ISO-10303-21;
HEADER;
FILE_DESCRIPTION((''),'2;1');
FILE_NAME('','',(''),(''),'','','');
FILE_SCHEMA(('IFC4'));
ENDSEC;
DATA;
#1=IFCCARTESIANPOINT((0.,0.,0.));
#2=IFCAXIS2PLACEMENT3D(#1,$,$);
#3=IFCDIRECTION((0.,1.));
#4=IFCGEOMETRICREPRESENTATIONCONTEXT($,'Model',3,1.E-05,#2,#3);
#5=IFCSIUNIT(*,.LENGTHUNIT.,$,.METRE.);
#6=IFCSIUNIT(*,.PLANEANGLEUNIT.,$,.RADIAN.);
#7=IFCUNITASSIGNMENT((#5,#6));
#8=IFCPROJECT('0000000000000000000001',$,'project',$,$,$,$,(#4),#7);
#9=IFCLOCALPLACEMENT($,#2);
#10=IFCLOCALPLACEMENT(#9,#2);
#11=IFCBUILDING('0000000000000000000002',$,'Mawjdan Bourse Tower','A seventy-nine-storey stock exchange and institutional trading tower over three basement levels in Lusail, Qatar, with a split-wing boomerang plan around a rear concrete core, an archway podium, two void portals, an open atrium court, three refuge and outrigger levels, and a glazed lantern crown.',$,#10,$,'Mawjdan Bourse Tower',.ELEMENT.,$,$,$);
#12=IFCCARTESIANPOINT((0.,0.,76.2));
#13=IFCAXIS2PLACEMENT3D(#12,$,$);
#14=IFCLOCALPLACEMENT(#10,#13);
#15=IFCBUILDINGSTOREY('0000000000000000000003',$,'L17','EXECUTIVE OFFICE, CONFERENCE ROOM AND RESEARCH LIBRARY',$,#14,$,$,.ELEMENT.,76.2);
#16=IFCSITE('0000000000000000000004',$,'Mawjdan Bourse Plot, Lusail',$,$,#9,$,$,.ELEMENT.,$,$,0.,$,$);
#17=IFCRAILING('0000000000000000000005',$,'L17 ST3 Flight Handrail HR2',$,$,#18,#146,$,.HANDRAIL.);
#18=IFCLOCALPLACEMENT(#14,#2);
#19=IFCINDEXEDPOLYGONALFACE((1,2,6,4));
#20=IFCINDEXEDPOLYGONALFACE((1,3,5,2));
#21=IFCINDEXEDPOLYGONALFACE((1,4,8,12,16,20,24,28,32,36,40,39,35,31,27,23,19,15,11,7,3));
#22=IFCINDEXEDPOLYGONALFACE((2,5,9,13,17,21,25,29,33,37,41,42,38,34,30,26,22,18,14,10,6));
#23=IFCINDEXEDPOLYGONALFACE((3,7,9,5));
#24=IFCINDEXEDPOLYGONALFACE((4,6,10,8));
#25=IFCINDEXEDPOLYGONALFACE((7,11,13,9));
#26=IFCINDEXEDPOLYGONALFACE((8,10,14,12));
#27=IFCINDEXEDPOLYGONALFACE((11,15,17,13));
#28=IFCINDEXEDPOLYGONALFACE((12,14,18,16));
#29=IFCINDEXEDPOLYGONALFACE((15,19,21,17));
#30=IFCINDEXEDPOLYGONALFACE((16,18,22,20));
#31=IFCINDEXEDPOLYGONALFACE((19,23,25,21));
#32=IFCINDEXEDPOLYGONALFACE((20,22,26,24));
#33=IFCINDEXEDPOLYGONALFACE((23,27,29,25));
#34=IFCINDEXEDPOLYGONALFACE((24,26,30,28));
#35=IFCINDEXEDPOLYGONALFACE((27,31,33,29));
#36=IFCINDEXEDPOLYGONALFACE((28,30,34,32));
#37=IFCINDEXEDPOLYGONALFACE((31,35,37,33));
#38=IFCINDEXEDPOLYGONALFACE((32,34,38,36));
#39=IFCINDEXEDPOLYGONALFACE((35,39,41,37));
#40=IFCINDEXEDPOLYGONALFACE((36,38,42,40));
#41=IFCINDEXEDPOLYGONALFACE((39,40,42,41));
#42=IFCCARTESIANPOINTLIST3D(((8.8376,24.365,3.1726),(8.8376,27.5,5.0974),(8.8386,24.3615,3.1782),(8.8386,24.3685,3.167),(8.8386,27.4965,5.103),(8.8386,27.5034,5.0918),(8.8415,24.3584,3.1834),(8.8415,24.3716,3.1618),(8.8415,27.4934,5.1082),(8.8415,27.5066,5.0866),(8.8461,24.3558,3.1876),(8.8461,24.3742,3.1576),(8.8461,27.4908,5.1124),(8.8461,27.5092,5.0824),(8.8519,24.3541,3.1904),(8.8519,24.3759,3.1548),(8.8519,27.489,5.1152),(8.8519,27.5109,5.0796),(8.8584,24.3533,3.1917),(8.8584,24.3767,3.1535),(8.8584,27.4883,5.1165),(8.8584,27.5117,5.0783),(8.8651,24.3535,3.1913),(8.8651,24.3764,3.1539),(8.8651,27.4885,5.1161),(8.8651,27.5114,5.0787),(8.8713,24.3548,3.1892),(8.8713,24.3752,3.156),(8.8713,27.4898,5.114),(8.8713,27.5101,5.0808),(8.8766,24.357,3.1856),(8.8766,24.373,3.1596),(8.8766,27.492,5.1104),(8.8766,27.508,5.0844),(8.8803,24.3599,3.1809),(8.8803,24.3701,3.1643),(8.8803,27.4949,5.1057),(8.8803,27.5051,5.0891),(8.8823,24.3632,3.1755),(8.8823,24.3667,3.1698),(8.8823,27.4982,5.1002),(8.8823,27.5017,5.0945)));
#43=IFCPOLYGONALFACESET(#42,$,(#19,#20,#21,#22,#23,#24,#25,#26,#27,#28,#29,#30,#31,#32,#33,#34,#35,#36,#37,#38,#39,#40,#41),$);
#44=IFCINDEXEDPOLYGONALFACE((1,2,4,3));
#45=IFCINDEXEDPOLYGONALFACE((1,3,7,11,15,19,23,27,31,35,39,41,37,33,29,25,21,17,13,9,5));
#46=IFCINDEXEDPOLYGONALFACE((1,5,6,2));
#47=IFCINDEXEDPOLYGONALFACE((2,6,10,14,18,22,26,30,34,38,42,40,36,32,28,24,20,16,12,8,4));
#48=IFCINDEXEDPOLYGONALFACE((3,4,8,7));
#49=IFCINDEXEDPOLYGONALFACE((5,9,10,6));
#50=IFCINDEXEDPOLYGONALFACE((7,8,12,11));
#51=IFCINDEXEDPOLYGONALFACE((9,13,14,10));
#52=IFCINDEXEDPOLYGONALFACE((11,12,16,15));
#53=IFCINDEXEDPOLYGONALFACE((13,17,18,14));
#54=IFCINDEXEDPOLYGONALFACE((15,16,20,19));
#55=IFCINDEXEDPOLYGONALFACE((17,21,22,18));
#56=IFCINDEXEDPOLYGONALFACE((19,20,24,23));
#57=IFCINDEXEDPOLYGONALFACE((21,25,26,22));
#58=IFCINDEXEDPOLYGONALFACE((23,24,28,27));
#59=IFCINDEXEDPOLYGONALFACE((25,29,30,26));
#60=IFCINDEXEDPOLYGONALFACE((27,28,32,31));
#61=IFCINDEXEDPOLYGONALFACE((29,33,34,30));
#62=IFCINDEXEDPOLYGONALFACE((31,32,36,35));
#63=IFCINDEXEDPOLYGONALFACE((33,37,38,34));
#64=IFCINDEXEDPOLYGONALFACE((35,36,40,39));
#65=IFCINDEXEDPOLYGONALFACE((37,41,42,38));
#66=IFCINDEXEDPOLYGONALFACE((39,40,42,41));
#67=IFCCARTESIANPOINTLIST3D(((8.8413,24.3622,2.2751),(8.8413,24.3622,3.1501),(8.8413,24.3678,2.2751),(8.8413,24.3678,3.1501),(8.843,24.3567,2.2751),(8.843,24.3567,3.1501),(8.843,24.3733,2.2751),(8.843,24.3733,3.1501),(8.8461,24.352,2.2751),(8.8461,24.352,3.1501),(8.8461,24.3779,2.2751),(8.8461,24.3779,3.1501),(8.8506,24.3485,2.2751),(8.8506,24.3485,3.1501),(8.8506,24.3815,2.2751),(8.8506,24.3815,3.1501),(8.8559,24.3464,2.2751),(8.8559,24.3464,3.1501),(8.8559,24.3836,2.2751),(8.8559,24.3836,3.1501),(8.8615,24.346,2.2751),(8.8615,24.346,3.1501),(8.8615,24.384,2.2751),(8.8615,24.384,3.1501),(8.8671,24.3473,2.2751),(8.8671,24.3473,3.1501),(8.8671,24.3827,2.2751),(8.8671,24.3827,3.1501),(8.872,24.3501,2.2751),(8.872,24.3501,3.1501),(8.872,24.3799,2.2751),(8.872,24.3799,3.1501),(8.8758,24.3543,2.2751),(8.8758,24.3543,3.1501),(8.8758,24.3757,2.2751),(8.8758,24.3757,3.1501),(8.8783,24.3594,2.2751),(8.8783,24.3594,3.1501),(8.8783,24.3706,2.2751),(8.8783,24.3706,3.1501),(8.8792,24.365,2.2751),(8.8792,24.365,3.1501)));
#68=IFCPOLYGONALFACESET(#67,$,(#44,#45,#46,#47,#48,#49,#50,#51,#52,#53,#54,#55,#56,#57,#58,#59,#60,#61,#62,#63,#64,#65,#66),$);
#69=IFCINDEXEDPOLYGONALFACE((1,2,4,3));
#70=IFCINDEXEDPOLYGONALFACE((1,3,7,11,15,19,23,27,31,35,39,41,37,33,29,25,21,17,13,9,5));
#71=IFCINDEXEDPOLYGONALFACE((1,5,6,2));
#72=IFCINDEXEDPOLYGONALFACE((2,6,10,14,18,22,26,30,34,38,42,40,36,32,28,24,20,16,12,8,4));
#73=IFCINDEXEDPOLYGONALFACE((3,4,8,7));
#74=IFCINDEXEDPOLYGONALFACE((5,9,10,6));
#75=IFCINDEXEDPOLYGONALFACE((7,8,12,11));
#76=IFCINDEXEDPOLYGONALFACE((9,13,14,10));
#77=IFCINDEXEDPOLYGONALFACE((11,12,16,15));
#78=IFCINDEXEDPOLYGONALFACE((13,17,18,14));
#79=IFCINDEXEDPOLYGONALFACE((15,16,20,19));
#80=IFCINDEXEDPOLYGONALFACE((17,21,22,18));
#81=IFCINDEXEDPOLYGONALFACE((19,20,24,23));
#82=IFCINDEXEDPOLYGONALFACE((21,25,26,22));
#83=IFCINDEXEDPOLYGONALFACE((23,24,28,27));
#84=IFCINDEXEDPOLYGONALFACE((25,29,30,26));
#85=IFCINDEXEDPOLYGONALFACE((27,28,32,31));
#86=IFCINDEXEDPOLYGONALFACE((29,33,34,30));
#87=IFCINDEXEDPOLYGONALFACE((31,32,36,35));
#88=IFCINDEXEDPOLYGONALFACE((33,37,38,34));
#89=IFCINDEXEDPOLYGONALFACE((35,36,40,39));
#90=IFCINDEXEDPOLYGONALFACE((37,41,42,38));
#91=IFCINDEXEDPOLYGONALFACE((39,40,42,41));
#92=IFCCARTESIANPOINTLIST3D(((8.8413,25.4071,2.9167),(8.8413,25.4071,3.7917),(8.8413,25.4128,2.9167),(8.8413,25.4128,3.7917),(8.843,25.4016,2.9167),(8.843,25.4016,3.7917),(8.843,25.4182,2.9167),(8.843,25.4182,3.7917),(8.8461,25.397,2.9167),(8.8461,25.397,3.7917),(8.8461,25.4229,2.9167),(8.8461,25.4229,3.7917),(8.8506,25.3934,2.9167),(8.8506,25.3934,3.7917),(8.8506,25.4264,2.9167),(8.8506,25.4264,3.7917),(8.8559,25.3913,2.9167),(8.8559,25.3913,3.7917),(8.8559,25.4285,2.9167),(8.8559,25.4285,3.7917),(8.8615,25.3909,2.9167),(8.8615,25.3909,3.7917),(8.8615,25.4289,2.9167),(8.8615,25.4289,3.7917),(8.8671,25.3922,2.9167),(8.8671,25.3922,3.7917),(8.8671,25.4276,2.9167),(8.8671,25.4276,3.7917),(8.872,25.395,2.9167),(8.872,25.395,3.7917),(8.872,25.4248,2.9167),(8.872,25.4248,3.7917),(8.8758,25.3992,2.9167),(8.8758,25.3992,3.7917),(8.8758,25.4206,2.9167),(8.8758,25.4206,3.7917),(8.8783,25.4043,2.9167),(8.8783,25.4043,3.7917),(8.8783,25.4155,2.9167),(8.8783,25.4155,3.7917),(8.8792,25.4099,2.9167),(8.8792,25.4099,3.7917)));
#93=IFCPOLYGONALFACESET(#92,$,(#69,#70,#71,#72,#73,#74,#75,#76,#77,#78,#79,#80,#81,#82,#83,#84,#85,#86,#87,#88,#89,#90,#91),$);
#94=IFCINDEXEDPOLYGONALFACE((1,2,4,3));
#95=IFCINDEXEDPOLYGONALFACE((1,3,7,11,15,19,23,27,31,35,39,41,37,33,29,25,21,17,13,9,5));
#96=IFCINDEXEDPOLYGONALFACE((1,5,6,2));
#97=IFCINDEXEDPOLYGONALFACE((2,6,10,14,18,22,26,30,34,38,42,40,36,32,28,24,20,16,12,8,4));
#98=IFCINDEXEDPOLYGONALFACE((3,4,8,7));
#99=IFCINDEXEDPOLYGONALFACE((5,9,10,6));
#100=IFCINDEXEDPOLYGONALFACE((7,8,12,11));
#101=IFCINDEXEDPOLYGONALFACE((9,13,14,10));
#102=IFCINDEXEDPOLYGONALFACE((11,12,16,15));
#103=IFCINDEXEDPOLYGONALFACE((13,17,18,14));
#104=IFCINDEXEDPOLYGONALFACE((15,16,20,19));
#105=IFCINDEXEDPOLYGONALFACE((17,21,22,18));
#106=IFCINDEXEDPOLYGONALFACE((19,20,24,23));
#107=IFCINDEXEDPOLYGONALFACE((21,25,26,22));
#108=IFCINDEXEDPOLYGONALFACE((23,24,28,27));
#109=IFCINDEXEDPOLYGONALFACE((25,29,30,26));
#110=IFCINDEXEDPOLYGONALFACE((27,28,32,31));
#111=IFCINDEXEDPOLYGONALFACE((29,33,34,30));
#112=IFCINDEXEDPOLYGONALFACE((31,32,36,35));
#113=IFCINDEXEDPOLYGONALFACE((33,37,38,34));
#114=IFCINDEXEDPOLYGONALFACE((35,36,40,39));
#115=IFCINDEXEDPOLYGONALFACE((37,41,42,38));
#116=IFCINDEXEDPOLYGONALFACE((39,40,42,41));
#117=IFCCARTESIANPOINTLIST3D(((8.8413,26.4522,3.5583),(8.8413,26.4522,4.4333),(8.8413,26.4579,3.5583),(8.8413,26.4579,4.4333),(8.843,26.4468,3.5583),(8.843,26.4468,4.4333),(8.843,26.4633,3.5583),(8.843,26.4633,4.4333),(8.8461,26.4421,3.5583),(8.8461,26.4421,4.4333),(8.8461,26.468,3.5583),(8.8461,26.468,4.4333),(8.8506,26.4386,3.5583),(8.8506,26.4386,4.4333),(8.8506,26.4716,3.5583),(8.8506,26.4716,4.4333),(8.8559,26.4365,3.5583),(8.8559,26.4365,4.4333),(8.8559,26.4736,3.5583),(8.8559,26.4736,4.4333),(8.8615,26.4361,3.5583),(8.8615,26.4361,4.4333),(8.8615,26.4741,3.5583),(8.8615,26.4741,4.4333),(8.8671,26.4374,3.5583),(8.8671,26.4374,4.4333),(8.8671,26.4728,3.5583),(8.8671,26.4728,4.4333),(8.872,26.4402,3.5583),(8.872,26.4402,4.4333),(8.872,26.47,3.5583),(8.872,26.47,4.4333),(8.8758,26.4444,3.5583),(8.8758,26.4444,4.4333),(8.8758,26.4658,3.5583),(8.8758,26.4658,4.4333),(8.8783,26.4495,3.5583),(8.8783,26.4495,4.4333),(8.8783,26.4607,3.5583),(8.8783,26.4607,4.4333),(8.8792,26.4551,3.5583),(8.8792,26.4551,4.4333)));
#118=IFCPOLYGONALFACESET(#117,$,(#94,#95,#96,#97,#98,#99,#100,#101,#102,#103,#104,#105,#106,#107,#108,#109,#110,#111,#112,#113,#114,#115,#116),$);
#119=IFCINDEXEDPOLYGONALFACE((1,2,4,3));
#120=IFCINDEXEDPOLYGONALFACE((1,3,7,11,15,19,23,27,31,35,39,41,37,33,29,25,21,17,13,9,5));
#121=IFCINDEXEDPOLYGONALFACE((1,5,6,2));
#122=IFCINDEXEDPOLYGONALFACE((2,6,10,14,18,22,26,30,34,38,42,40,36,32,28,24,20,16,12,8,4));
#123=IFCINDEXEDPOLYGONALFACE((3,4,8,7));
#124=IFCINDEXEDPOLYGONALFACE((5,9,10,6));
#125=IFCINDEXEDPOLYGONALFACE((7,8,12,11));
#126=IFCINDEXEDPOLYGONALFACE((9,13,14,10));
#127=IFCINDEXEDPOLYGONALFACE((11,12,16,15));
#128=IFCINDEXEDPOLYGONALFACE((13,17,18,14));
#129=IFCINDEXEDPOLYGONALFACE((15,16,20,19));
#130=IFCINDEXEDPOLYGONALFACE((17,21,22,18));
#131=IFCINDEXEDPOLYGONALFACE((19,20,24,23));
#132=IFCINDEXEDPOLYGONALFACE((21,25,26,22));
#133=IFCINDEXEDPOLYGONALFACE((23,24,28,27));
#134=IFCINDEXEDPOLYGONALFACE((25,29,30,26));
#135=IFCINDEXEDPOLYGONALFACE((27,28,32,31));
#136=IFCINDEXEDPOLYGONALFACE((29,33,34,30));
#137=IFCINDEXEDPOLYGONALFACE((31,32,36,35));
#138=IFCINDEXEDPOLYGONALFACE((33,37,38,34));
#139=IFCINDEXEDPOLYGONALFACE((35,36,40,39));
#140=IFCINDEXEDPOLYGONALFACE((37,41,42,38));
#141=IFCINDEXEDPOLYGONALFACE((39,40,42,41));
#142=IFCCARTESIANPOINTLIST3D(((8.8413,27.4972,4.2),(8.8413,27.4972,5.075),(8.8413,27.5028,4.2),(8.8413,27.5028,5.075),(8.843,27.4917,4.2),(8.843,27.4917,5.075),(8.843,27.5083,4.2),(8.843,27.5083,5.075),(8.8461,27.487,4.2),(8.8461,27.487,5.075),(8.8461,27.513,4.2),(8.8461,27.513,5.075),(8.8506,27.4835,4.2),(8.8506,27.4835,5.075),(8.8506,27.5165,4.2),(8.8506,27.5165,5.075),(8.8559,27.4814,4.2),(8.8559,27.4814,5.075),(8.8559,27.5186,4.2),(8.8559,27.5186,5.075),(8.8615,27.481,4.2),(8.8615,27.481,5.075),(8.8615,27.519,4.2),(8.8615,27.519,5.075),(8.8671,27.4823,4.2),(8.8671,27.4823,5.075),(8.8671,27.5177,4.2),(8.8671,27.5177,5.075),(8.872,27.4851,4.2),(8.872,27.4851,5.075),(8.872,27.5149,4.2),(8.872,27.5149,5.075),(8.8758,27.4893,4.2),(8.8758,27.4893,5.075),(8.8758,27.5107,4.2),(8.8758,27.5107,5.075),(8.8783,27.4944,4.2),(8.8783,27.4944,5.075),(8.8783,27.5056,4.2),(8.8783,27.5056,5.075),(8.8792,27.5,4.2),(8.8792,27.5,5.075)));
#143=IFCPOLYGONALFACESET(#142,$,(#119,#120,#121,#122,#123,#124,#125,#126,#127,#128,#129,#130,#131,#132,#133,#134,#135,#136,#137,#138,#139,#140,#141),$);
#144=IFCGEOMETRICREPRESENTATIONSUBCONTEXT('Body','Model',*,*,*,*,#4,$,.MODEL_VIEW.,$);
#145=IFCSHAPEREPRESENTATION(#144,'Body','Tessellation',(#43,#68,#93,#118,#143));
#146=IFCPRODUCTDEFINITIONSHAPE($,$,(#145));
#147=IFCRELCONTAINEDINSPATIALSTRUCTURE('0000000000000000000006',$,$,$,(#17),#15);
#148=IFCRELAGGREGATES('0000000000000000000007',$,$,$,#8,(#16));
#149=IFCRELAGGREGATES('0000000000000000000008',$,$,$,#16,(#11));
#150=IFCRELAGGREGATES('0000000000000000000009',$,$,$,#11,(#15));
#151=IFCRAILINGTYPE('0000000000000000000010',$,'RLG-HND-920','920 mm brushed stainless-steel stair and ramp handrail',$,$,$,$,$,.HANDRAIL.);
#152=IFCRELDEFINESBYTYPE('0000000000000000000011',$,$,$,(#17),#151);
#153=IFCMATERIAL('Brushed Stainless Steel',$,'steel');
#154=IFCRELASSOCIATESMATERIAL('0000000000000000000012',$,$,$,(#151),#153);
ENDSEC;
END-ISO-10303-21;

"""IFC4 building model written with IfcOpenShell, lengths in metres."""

from ifc_helpers import new_model, si_unit, direction, frame, origin, origin_2d, place, context, subcontext, project, spatial, circle, extrude, material, type_object, element, save


model = new_model("IFC4")

# Units and contexts
model_context = context("Model", 3, precision=1e-05, world=origin(), true_north=direction((0.0, 1.0)))
body_context = subcontext(model_context, "Body", "Model", "MODEL_VIEW")
ifc_project = project(units=[si_unit("LENGTHUNIT", "METRE"), si_unit("PLANEANGLEUNIT", "RADIAN")], contexts=[model_context])

# Site, building, storey
site_placement = place(None, origin())
site = spatial("IfcSite", under=ifc_project, at=site_placement, Name="Mawjdan Bourse Plot, Lusail", CompositionType="ELEMENT", RefElevation=0.0)
building_placement = place(site_placement, origin())
building = spatial("IfcBuilding", under=site, at=building_placement, Name="Mawjdan Bourse Tower", Description="A seventy-nine-storey stock exchange and institutional trading tower over three basement levels in Lusail, Qatar, with a split-wing boomerang plan around a rear concrete core, an archway podium, two void portals, an open atrium court, three refuge and outrigger levels, and a glazed lantern crown.", LongName="Mawjdan Bourse Tower", CompositionType="ELEMENT")
storey_placement = place(building_placement, frame((0.0, 0.0, 76.2)))
storey = spatial("IfcBuildingStorey", under=building, at=storey_placement, Name="L17", Description="EXECUTIVE OFFICE, CONFERENCE ROOM AND RESEARCH LIBRARY", CompositionType="ELEMENT", Elevation=76.2)

# Railing
ifc_material_1 = material(Name="Brushed Stainless Steel", Category="steel")
railing_type_1 = type_object("IfcRailingType", Name="RLG-HND-920", Description="920 mm brushed stainless-steel stair and ramp handrail", PredefinedType="HANDRAIL", material=ifc_material_1)
railing_1_placement = place(storey_placement, frame((8.8601, 24.365, 2.2751)))
element("IfcRailing", 1, at=railing_1_placement, inside=storey, type_object=railing_type_1, Name="L17 ST3 Flight Handrail HR2", PredefinedType="HANDRAIL", context=body_context, shape_type="SweptSolid", body=[
    extrude(circle(Radius=0.0225, at=origin_2d()), frame((0.0, 0.0, 0.8975), z_axis=(0.0, 0.852196, 0.523223), x_axis=(-1.0, 0.0, 0.0)), (0.0, 0.0, 1.0), 3.6787),
    extrude(circle(Radius=0.019, at=origin_2d()), origin(), (0.0, 0.0, 1.0), 0.875),
    extrude(circle(Radius=0.019, at=origin_2d()), frame((0.0, 1.0449, 0.6416)), (0.0, 0.0, 1.0), 0.875),
    extrude(circle(Radius=0.019, at=origin_2d()), frame((0.0, 2.0901, 1.2832)), (0.0, 0.0, 1.0), 0.875),
    extrude(circle(Radius=0.019, at=origin_2d()), frame((0.0, 3.135, 1.9248)), (0.0, 0.0, 1.0), 0.875),
])

save(model, "model.ifc")
